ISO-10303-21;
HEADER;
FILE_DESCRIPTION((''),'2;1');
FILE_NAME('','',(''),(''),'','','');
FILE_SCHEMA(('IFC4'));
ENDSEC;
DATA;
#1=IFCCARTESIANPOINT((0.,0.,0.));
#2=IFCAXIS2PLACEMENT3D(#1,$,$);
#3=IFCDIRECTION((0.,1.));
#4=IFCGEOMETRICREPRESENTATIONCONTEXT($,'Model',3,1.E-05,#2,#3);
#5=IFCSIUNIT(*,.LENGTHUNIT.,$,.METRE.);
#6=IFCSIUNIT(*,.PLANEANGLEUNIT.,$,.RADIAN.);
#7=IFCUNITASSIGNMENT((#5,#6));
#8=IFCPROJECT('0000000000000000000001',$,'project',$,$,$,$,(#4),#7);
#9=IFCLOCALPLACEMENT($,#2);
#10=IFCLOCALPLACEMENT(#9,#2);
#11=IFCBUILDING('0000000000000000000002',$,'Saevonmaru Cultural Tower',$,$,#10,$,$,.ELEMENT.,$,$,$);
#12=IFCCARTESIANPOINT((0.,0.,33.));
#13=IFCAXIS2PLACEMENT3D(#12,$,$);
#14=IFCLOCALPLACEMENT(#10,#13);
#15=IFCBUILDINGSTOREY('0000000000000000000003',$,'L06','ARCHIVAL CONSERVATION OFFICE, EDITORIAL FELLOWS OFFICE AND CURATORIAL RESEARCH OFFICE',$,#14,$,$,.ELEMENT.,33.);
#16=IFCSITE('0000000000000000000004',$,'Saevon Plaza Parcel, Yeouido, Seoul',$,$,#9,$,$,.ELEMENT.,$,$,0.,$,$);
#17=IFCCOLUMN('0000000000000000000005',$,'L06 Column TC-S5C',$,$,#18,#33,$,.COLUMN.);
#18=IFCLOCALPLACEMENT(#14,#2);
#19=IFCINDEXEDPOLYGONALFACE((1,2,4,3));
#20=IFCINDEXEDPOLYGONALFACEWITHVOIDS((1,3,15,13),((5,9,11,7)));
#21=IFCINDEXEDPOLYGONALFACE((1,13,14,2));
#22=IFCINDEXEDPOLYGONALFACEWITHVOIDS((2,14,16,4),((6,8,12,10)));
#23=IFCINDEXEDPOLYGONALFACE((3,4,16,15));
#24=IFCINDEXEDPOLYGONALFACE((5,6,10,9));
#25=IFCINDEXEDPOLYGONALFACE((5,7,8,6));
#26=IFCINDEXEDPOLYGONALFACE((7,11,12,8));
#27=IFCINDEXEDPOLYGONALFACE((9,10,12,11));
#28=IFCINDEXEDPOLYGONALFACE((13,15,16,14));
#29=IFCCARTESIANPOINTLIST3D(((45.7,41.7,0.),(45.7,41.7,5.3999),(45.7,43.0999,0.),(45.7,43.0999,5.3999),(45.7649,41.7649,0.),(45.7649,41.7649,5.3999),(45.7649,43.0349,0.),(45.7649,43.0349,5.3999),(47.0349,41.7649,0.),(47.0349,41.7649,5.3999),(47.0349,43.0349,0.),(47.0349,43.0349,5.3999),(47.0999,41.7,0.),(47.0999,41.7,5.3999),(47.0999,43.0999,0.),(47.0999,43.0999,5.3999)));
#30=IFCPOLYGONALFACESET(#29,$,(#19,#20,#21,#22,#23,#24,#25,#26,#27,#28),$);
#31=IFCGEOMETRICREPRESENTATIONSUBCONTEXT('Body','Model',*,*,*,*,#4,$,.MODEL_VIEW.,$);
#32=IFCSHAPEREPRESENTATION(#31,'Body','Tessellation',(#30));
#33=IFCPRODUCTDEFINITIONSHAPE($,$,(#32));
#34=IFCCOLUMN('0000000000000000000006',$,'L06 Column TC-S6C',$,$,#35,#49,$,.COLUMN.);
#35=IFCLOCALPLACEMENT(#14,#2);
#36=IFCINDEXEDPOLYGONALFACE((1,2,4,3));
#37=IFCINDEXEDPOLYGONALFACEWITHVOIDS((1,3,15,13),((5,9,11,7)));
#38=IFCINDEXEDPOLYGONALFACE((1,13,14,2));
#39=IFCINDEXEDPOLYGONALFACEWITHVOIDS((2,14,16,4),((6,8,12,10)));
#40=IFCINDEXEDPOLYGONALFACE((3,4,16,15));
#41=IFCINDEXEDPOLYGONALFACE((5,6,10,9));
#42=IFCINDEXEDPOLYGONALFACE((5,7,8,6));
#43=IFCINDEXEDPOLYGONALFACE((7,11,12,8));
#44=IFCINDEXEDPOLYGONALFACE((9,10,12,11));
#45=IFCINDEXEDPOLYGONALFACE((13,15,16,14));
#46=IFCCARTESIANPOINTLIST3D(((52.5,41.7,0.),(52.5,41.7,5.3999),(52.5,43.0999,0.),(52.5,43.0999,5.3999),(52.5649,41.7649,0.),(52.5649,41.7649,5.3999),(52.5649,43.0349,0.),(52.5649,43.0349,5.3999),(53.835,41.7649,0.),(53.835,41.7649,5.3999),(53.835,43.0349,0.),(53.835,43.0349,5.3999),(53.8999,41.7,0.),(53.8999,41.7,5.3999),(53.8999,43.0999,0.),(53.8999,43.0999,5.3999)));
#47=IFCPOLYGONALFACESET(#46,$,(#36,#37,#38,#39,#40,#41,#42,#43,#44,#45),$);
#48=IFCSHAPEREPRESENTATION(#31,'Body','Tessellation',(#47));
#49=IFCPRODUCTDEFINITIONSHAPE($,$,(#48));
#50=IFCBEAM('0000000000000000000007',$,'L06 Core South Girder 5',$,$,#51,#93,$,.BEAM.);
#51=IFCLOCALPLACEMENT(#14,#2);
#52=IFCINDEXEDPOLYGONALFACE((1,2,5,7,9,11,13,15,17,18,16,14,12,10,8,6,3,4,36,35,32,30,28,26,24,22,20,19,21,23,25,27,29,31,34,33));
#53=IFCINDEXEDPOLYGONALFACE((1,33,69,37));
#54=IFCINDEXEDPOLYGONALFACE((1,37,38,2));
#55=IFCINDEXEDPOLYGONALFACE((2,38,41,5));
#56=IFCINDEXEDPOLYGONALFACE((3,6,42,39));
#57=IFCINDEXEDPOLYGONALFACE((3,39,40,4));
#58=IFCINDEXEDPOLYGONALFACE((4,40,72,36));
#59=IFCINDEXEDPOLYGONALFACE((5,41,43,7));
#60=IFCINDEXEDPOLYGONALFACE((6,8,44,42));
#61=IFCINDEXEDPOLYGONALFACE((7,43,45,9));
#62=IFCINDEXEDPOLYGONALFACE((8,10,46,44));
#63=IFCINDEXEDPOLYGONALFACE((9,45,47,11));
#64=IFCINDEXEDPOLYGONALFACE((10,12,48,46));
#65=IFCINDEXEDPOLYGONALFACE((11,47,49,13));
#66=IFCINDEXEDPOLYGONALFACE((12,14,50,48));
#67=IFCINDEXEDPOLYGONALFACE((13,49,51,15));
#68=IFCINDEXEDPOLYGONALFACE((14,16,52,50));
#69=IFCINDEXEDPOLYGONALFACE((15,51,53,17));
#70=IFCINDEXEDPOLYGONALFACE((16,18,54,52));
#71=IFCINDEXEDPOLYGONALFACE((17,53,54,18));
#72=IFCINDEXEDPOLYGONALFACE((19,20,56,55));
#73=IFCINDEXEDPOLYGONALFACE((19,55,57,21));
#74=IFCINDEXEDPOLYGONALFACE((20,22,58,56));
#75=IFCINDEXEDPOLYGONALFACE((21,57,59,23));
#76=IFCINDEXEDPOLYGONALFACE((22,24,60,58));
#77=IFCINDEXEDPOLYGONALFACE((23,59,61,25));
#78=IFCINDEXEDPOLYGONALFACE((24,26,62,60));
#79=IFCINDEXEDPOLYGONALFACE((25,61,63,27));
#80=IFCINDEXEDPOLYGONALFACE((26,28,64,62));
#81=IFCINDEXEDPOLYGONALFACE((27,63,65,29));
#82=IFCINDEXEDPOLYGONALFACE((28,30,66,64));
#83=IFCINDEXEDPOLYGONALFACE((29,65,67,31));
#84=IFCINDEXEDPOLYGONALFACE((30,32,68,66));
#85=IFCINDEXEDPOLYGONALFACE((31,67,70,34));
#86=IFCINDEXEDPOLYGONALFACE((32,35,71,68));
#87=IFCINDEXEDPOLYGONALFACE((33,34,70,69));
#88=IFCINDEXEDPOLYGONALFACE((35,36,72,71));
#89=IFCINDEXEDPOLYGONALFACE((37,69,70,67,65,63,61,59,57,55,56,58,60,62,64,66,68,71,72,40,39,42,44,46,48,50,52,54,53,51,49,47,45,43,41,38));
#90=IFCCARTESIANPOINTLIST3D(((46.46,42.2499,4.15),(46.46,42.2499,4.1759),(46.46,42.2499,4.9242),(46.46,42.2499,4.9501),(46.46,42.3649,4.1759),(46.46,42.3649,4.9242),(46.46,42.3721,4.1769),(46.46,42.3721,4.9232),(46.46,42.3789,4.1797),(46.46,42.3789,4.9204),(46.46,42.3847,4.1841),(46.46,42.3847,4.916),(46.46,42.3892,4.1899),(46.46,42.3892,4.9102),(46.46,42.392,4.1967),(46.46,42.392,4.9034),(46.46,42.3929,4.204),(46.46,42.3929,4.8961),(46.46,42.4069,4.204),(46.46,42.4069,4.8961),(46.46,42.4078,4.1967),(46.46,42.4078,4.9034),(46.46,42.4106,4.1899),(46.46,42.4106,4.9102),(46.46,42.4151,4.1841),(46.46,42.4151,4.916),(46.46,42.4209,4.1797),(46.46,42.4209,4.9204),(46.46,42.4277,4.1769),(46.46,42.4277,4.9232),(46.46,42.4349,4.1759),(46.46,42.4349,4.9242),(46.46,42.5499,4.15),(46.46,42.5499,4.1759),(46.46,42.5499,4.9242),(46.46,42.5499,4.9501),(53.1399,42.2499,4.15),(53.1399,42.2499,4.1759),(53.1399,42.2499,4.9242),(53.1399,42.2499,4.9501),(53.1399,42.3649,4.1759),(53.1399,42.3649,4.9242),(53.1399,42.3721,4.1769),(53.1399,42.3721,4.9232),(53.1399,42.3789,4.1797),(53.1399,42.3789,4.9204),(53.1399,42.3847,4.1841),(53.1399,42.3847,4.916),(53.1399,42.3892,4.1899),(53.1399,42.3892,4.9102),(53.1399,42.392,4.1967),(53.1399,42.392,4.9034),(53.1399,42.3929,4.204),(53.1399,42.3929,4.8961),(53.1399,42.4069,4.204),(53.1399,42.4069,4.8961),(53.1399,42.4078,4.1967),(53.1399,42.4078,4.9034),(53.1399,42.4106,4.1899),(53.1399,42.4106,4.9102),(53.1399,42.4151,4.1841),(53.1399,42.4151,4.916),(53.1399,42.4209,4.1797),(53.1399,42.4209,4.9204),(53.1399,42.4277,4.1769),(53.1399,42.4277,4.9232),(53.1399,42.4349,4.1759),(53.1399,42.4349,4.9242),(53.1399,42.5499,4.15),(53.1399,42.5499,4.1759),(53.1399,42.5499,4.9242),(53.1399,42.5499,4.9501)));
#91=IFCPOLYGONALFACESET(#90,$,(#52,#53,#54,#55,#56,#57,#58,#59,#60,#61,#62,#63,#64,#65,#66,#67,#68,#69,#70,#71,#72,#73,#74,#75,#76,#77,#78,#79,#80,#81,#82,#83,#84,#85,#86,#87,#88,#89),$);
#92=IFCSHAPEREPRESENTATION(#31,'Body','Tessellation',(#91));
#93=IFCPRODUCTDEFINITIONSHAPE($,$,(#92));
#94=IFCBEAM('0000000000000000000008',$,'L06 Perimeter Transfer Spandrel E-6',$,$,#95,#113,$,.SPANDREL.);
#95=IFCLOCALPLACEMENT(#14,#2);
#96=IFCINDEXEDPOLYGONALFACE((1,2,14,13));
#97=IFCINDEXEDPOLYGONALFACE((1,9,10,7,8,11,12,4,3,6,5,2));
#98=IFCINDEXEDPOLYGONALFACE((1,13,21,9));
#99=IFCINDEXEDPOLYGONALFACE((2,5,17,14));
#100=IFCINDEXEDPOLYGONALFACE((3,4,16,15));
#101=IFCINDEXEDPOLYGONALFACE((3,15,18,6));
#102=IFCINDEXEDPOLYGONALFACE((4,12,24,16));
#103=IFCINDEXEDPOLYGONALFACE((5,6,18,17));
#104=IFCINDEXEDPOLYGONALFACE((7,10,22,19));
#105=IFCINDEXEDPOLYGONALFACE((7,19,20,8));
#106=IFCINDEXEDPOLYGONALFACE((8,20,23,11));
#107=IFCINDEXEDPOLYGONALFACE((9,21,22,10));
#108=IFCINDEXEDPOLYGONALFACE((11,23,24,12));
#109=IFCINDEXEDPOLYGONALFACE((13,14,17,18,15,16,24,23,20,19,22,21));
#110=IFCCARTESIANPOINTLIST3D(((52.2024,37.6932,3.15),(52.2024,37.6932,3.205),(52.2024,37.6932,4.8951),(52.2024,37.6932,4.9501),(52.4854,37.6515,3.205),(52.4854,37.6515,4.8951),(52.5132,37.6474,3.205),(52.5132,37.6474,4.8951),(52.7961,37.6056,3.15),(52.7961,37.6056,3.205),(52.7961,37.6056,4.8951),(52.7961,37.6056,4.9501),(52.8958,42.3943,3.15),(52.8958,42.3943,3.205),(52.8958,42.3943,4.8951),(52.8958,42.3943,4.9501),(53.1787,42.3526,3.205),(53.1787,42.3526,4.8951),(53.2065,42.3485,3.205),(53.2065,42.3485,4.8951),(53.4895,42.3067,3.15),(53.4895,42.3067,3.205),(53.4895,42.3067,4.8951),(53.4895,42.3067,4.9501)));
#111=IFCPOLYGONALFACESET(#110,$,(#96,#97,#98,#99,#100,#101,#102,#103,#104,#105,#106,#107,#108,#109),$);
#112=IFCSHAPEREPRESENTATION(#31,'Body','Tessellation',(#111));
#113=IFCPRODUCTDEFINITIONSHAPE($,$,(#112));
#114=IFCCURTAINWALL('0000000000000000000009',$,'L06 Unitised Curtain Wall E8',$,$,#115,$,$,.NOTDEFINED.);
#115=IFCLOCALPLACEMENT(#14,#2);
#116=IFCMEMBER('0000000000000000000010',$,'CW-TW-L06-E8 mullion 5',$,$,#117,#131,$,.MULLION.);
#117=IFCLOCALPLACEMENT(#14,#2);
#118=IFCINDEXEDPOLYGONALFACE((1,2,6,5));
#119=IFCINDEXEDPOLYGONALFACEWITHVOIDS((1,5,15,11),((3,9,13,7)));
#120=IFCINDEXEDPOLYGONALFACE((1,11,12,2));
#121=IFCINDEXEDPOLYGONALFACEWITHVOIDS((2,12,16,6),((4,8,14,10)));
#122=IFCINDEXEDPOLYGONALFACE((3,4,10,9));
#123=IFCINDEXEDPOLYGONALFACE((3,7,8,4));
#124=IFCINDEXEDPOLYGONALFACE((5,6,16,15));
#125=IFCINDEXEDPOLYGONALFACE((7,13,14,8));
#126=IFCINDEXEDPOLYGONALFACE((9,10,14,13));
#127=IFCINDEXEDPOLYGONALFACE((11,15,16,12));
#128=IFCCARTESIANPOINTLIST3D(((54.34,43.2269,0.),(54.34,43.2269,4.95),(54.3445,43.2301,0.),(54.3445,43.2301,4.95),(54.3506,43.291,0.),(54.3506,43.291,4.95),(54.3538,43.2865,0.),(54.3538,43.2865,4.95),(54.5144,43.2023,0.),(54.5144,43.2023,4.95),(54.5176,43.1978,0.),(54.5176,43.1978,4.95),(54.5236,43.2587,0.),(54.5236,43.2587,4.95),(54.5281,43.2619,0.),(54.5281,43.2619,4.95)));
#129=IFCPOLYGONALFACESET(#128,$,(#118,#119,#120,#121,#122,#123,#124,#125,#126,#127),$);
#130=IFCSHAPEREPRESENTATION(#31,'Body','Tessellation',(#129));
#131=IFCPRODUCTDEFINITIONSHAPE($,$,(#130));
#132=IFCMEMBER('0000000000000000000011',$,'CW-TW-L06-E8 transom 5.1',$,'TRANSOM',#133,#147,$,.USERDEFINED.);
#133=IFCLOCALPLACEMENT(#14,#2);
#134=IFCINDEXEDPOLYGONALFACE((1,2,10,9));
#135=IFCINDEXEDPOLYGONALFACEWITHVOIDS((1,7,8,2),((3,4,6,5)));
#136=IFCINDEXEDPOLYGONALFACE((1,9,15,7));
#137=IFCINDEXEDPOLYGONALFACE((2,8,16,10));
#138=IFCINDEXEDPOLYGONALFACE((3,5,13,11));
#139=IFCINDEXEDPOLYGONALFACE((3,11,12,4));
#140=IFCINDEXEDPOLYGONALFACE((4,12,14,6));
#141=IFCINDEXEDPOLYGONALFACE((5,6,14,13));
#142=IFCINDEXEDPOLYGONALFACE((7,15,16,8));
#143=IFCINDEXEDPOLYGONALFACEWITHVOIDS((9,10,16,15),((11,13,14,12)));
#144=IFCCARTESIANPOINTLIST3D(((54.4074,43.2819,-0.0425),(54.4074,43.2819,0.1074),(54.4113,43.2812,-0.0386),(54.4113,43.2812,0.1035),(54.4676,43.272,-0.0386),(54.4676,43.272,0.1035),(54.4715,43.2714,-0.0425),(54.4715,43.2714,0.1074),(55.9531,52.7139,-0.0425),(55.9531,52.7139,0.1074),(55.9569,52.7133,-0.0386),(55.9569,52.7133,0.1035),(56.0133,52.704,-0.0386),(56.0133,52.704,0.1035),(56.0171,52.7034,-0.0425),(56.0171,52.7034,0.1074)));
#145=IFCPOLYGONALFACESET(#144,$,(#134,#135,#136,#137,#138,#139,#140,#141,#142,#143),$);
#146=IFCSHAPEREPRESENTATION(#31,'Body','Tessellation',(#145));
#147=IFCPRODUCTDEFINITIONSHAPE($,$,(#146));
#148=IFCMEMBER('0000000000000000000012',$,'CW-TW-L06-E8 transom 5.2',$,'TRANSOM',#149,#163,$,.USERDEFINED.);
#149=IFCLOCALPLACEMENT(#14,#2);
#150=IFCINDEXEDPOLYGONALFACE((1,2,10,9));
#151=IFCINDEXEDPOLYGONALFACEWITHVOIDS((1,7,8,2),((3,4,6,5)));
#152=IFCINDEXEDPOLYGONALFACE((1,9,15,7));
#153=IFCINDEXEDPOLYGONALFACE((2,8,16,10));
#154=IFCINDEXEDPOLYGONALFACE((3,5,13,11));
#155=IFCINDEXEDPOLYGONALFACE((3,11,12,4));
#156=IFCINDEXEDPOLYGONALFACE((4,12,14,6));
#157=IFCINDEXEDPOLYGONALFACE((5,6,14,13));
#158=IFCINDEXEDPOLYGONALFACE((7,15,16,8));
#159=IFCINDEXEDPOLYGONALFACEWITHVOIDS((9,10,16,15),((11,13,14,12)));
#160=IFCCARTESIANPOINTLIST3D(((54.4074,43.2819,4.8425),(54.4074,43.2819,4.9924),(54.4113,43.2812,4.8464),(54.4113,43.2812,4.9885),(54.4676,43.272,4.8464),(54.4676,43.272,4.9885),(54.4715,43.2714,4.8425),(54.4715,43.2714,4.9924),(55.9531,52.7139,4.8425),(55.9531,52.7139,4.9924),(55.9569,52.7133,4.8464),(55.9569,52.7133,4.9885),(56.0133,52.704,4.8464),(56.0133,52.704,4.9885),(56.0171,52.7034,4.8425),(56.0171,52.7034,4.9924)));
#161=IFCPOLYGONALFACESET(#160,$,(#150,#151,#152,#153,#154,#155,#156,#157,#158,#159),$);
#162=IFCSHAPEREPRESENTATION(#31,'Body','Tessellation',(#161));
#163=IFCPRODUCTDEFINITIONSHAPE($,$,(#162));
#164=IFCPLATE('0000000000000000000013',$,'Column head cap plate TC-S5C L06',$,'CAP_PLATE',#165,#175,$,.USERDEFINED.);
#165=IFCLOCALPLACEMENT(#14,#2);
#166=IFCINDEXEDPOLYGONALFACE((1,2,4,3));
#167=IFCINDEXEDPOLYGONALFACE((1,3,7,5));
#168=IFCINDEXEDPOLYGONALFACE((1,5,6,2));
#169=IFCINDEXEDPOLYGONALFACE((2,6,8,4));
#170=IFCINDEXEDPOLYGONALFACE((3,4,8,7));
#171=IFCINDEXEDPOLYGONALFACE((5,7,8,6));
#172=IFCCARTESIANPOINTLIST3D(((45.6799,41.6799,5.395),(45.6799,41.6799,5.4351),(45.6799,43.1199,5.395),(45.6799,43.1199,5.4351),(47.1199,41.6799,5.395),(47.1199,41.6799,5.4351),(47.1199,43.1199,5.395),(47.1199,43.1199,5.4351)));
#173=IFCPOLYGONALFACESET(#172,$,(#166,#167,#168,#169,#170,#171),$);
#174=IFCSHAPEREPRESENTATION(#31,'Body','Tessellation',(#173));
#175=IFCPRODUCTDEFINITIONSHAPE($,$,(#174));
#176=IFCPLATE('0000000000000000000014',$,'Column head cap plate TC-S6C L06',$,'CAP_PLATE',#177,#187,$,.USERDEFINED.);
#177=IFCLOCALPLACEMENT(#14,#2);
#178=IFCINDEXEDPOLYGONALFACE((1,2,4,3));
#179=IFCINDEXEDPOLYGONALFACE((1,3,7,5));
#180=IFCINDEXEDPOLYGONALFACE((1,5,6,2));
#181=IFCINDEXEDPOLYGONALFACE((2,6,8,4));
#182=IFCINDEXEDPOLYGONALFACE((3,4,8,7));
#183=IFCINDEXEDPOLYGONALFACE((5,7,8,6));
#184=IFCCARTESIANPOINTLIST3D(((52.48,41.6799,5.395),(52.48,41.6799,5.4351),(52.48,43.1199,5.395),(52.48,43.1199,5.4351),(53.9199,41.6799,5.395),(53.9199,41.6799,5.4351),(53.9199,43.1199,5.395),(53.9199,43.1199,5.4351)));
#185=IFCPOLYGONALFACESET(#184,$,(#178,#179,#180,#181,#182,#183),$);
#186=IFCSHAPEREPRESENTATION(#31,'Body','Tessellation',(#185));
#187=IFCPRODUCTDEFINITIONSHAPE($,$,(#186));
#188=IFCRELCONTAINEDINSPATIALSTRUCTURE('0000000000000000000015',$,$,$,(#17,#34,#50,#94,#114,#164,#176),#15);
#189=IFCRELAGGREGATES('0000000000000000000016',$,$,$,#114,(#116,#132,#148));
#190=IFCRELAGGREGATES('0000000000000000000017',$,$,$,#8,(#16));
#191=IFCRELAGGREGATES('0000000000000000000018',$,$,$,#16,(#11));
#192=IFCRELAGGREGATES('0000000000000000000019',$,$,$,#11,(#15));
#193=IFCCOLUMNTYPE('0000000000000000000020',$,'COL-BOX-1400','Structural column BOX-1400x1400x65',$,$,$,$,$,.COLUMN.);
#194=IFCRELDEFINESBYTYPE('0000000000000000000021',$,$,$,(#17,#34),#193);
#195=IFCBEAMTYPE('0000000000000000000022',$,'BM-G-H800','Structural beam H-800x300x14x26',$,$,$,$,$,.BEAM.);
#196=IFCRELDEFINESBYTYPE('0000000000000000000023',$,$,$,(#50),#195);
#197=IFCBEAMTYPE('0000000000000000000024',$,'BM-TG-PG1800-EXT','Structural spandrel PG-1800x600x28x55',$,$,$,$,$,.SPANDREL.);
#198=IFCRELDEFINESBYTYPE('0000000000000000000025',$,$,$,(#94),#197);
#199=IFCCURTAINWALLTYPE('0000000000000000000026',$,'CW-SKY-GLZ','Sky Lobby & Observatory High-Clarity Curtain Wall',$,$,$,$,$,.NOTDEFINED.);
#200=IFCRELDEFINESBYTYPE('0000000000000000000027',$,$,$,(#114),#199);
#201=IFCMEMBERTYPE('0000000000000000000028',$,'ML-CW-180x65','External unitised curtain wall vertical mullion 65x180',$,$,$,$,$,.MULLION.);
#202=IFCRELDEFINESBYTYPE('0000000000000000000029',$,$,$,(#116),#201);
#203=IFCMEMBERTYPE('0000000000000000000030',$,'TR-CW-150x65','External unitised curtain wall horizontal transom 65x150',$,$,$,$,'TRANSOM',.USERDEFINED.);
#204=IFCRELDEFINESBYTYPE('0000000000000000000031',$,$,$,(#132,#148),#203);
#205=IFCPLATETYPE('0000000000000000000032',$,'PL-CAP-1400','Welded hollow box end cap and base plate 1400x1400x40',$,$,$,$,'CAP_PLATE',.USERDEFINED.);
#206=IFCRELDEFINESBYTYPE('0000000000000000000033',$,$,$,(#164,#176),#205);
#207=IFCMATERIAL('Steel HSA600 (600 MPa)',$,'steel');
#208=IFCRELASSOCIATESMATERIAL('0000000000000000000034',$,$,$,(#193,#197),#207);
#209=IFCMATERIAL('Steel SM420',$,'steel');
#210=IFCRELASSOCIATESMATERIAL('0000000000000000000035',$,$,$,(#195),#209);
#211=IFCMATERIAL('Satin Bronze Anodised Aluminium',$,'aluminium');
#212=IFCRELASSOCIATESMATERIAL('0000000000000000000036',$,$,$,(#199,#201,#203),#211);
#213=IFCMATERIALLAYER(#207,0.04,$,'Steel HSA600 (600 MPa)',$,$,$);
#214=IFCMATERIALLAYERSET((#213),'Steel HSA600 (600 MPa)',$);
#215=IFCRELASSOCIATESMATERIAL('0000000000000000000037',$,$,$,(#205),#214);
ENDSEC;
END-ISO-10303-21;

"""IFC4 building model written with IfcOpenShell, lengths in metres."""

from ifc_helpers import new_model, si_unit, direction, frame, origin, origin_2d, place, context, subcontext, project, spatial, rectangle, hollow_rectangle, i_section, extrude, material, layer, layer_set, material_profile, profile_set, type_object, element, aggregate, save


model = new_model("IFC4")

# Units and contexts
model_context = context("Model", 3, precision=1e-05, world=origin(), true_north=direction((0.0, 1.0)))
body_context = subcontext(model_context, "Body", "Model", "MODEL_VIEW")
ifc_project = project(units=[si_unit("LENGTHUNIT", "METRE"), si_unit("PLANEANGLEUNIT", "RADIAN")], contexts=[model_context])

# Site, building, storey
site_placement = place(None, origin())
site = spatial("IfcSite", under=ifc_project, at=site_placement, Name="Saevon Plaza Parcel, Yeouido, Seoul", CompositionType="ELEMENT", RefElevation=0.0)
building_placement = place(site_placement, origin())
building = spatial("IfcBuilding", under=site, at=building_placement, Name="Saevonmaru Cultural Tower", CompositionType="ELEMENT")
storey_placement = place(building_placement, frame((0.0, 0.0, 33.0)))
storey = spatial("IfcBuildingStorey", under=building, at=storey_placement, Name="L06", Description="ARCHIVAL CONSERVATION OFFICE, EDITORIAL FELLOWS OFFICE AND CURATORIAL RESEARCH OFFICE", CompositionType="ELEMENT", Elevation=33.0)

# Columns
ifc_material_1 = material(Name="Steel HSA600 (600 MPa)", Category="steel")
ifc_material_profile_1 = material_profile(ifc_material_1, hollow_rectangle(XDim=1.3999, YDim=1.3999, WallThickness=0.0649, at=origin_2d()), Name="BOX-1400x1400x65")
ifc_profile_set_1 = profile_set([ifc_material_profile_1], Name="Steel HSA600 (600 MPa)")
column_type = type_object("IfcColumnType", Name="COL-BOX-1400", Description="Structural column BOX-1400x1400x65", PredefinedType="COLUMN", material=ifc_profile_set_1)
for number, where, z_axis, x_axis, name in (
    (1, (46.3999, 42.3999, 0.0), (0.0, 0.0, 1.0), (1.0, 0.0, 0.0), "L06 Column TC-S5C"),
    (2, (53.2, 42.3999, 0.0), (0.0, 0.0, 1.0), (1.0, 0.0, 0.0), "L06 Column TC-S6C"),
):
    element("IfcColumn", number, at=place(storey_placement, frame(where, z_axis=z_axis, x_axis=x_axis)), inside=storey, type_object=column_type, Name=name, PredefinedType="COLUMN", context=body_context, shape_type="SweptSolid", body=[
        extrude(hollow_rectangle(XDim=1.3999, YDim=1.3999, WallThickness=0.0649, at=origin_2d()), origin(), (0.0, 0.0, 1.0), 5.3999),
    ])

# Beams
ifc_material_2 = material(Name="Steel SM420", Category="steel")
ifc_material_profile_2 = material_profile(ifc_material_2, i_section(OverallWidth=0.3, OverallDepth=0.8, WebThickness=0.0139, FlangeThickness=0.0259, FilletRadius=0.0281, at=origin_2d()), Name="H-800x300x14x26")
ifc_profile_set_2 = profile_set([ifc_material_profile_2], Name="Steel SM420")
beam_type_1 = type_object("IfcBeamType", Name="BM-G-H800", Description="Structural beam H-800x300x14x26", PredefinedType="BEAM", material=ifc_profile_set_2)
beam_1_placement = place(storey_placement, frame((46.46, 42.3999, 4.55), z_axis=(1.0, 0.0, 0.0), x_axis=(0.0, 1.0, 0.0)))
element("IfcBeam", 3, at=beam_1_placement, inside=storey, type_object=beam_type_1, Name="L06 Core South Girder 5", PredefinedType="BEAM", context=body_context, shape_type="SweptSolid", body=[
    extrude(i_section(OverallWidth=0.3, OverallDepth=0.8, WebThickness=0.0139, FlangeThickness=0.0259, FilletRadius=0.0281, at=origin_2d()), origin(), (0.0, 0.0, 1.0), 6.6799),
])
ifc_material_profile_3 = material_profile(ifc_material_1, i_section(OverallWidth=0.6001, OverallDepth=1.8, WebThickness=0.0281, FlangeThickness=0.0549, at=origin_2d()), Name="PG-1800x600x28x55")
ifc_profile_set_3 = profile_set([ifc_material_profile_3], Name="Steel HSA600 (600 MPa)")
beam_type_2 = type_object("IfcBeamType", Name="BM-TG-PG1800-EXT", Description="Structural spandrel PG-1800x600x28x55", PredefinedType="SPANDREL", material=ifc_profile_set_3)
beam_2_placement = place(storey_placement, frame((52.4993, 37.6494, 4.05), z_axis=(0.145908, 0.989298, 0.0), x_axis=(-0.989298, 0.145908, 0.0)))
element("IfcBeam", 4, at=beam_2_placement, inside=storey, type_object=beam_type_2, Name="L06 Perimeter Transfer Spandrel E-6", PredefinedType="SPANDREL", context=body_context, shape_type="SweptSolid", body=[
    extrude(i_section(OverallWidth=0.6001, OverallDepth=1.8, WebThickness=0.0281, FlangeThickness=0.0549, at=origin_2d()), origin(), (0.0, 0.0, 1.0), 4.752),
])

# Curtain wall, members
ifc_material_3 = material(Name="Satin Bronze Anodised Aluminium", Category="aluminium")
curtain_wall_type = type_object("IfcCurtainWallType", Name="CW-SKY-GLZ", Description="Sky Lobby & Observatory High-Clarity Curtain Wall", PredefinedType="NOTDEFINED", material=ifc_material_3)
curtain_wall_placement = place(storey_placement, origin())
curtain_wall = element("IfcCurtainWall", 5, at=curtain_wall_placement, inside=storey, type_object=curtain_wall_type, Name="L06 Unitised Curtain Wall E8", PredefinedType="NOTDEFINED")
ifc_material_profile_4 = material_profile(ifc_material_3, hollow_rectangle(XDim=0.0649, YDim=0.1799, WallThickness=0.0039, at=origin_2d()), Name="ALU-MULL-180x65x4")
ifc_profile_set_4 = profile_set([ifc_material_profile_4], Name="Satin Bronze Anodised Aluminium")
member_type_1 = type_object("IfcMemberType", Name="ML-CW-180x65", Description="External unitised curtain wall vertical mullion 65x180", PredefinedType="MULLION", material=ifc_profile_set_4)
member_1_placement = place(storey_placement, frame((54.4341, 43.2444, 0.0), z_axis=(0.0, 0.0, 1.0), x_axis=(0.161709, 0.986839, 0.0)))
member_1 = element("IfcMember", 6, at=member_1_placement, type_object=member_type_1, Name="CW-TW-L06-E8 mullion 5", PredefinedType="MULLION", context=body_context, shape_type="SweptSolid", body=[
    extrude(hollow_rectangle(XDim=0.0649, YDim=0.1799, WallThickness=0.0039, at=origin_2d()), origin(), (0.0, 0.0, 1.0), 4.95),
])
ifc_material_profile_5 = material_profile(ifc_material_3, hollow_rectangle(XDim=0.0649, YDim=0.1499, WallThickness=0.0039, at=origin_2d()), Name="ALU-TRAN-150x65x4")
ifc_profile_set_5 = profile_set([ifc_material_profile_5], Name="Satin Bronze Anodised Aluminium")
member_type_2 = type_object("IfcMemberType", Name="TR-CW-150x65", Description="External unitised curtain wall horizontal transom 65x150", ElementType="TRANSOM", PredefinedType="USERDEFINED", material=ifc_profile_set_5)
member_2_placement = place(storey_placement, frame((54.4395, 43.2766, 0.0325), z_axis=(0.161714, 0.986838, 0.0), x_axis=(-0.986838, 0.161714, 0.0)))
member_2 = element("IfcMember", 7, at=member_2_placement, type_object=member_type_2, Name="CW-TW-L06-E8 transom 5.1", ObjectType="TRANSOM", PredefinedType="USERDEFINED", context=body_context, shape_type="SweptSolid", body=[
    extrude(hollow_rectangle(XDim=0.0649, YDim=0.1499, WallThickness=0.0039, at=origin_2d()), origin(), (0.0, 0.0, 1.0), 9.5579),
])
member_3_placement = place(storey_placement, frame((54.4395, 43.2766, 4.9175), z_axis=(0.161714, 0.986838, 0.0), x_axis=(-0.986838, 0.161714, 0.0)))
member_3 = element("IfcMember", 8, at=member_3_placement, type_object=member_type_2, Name="CW-TW-L06-E8 transom 5.2", ObjectType="TRANSOM", PredefinedType="USERDEFINED", context=body_context, shape_type="SweptSolid", body=[
    extrude(hollow_rectangle(XDim=0.0649, YDim=0.1499, WallThickness=0.0039, at=origin_2d()), origin(), (0.0, 0.0, 1.0), 9.5579),
])

# Plates
ifc_layer_1 = layer(ifc_material_1, 0.04, Name="Steel HSA600 (600 MPa)")
ifc_layer_set_1 = layer_set([ifc_layer_1], Name="Steel HSA600 (600 MPa)")
plate_type_1 = type_object("IfcPlateType", Name="PL-CAP-1400", Description="Welded hollow box end cap and base plate 1400x1400x40", ElementType="CAP_PLATE", PredefinedType="USERDEFINED", material=ifc_layer_set_1)
for number, where, z_axis, x_axis, name in (
    (9, (46.3999, 42.3999, 5.395), (0.0, 0.0, 1.0), (1.0, 0.0, 0.0), "Column head cap plate TC-S5C L06"),
    (10, (53.2, 42.3999, 5.395), (0.0, 0.0, 1.0), (1.0, 0.0, 0.0), "Column head cap plate TC-S6C L06"),
):
    element("IfcPlate", number, at=place(storey_placement, frame(where, z_axis=z_axis, x_axis=x_axis)), inside=storey, type_object=plate_type_1, Name=name, ObjectType="CAP_PLATE", PredefinedType="USERDEFINED", context=body_context, shape_type="SweptSolid", body=[
        extrude(rectangle(XDim=1.4399, YDim=1.4399, at=origin_2d()), origin(), (0.0, 0.0, 1.0), 0.04),
    ])

aggregate(curtain_wall, [member_1, member_2, member_3])

save(model, "model.ifc")
